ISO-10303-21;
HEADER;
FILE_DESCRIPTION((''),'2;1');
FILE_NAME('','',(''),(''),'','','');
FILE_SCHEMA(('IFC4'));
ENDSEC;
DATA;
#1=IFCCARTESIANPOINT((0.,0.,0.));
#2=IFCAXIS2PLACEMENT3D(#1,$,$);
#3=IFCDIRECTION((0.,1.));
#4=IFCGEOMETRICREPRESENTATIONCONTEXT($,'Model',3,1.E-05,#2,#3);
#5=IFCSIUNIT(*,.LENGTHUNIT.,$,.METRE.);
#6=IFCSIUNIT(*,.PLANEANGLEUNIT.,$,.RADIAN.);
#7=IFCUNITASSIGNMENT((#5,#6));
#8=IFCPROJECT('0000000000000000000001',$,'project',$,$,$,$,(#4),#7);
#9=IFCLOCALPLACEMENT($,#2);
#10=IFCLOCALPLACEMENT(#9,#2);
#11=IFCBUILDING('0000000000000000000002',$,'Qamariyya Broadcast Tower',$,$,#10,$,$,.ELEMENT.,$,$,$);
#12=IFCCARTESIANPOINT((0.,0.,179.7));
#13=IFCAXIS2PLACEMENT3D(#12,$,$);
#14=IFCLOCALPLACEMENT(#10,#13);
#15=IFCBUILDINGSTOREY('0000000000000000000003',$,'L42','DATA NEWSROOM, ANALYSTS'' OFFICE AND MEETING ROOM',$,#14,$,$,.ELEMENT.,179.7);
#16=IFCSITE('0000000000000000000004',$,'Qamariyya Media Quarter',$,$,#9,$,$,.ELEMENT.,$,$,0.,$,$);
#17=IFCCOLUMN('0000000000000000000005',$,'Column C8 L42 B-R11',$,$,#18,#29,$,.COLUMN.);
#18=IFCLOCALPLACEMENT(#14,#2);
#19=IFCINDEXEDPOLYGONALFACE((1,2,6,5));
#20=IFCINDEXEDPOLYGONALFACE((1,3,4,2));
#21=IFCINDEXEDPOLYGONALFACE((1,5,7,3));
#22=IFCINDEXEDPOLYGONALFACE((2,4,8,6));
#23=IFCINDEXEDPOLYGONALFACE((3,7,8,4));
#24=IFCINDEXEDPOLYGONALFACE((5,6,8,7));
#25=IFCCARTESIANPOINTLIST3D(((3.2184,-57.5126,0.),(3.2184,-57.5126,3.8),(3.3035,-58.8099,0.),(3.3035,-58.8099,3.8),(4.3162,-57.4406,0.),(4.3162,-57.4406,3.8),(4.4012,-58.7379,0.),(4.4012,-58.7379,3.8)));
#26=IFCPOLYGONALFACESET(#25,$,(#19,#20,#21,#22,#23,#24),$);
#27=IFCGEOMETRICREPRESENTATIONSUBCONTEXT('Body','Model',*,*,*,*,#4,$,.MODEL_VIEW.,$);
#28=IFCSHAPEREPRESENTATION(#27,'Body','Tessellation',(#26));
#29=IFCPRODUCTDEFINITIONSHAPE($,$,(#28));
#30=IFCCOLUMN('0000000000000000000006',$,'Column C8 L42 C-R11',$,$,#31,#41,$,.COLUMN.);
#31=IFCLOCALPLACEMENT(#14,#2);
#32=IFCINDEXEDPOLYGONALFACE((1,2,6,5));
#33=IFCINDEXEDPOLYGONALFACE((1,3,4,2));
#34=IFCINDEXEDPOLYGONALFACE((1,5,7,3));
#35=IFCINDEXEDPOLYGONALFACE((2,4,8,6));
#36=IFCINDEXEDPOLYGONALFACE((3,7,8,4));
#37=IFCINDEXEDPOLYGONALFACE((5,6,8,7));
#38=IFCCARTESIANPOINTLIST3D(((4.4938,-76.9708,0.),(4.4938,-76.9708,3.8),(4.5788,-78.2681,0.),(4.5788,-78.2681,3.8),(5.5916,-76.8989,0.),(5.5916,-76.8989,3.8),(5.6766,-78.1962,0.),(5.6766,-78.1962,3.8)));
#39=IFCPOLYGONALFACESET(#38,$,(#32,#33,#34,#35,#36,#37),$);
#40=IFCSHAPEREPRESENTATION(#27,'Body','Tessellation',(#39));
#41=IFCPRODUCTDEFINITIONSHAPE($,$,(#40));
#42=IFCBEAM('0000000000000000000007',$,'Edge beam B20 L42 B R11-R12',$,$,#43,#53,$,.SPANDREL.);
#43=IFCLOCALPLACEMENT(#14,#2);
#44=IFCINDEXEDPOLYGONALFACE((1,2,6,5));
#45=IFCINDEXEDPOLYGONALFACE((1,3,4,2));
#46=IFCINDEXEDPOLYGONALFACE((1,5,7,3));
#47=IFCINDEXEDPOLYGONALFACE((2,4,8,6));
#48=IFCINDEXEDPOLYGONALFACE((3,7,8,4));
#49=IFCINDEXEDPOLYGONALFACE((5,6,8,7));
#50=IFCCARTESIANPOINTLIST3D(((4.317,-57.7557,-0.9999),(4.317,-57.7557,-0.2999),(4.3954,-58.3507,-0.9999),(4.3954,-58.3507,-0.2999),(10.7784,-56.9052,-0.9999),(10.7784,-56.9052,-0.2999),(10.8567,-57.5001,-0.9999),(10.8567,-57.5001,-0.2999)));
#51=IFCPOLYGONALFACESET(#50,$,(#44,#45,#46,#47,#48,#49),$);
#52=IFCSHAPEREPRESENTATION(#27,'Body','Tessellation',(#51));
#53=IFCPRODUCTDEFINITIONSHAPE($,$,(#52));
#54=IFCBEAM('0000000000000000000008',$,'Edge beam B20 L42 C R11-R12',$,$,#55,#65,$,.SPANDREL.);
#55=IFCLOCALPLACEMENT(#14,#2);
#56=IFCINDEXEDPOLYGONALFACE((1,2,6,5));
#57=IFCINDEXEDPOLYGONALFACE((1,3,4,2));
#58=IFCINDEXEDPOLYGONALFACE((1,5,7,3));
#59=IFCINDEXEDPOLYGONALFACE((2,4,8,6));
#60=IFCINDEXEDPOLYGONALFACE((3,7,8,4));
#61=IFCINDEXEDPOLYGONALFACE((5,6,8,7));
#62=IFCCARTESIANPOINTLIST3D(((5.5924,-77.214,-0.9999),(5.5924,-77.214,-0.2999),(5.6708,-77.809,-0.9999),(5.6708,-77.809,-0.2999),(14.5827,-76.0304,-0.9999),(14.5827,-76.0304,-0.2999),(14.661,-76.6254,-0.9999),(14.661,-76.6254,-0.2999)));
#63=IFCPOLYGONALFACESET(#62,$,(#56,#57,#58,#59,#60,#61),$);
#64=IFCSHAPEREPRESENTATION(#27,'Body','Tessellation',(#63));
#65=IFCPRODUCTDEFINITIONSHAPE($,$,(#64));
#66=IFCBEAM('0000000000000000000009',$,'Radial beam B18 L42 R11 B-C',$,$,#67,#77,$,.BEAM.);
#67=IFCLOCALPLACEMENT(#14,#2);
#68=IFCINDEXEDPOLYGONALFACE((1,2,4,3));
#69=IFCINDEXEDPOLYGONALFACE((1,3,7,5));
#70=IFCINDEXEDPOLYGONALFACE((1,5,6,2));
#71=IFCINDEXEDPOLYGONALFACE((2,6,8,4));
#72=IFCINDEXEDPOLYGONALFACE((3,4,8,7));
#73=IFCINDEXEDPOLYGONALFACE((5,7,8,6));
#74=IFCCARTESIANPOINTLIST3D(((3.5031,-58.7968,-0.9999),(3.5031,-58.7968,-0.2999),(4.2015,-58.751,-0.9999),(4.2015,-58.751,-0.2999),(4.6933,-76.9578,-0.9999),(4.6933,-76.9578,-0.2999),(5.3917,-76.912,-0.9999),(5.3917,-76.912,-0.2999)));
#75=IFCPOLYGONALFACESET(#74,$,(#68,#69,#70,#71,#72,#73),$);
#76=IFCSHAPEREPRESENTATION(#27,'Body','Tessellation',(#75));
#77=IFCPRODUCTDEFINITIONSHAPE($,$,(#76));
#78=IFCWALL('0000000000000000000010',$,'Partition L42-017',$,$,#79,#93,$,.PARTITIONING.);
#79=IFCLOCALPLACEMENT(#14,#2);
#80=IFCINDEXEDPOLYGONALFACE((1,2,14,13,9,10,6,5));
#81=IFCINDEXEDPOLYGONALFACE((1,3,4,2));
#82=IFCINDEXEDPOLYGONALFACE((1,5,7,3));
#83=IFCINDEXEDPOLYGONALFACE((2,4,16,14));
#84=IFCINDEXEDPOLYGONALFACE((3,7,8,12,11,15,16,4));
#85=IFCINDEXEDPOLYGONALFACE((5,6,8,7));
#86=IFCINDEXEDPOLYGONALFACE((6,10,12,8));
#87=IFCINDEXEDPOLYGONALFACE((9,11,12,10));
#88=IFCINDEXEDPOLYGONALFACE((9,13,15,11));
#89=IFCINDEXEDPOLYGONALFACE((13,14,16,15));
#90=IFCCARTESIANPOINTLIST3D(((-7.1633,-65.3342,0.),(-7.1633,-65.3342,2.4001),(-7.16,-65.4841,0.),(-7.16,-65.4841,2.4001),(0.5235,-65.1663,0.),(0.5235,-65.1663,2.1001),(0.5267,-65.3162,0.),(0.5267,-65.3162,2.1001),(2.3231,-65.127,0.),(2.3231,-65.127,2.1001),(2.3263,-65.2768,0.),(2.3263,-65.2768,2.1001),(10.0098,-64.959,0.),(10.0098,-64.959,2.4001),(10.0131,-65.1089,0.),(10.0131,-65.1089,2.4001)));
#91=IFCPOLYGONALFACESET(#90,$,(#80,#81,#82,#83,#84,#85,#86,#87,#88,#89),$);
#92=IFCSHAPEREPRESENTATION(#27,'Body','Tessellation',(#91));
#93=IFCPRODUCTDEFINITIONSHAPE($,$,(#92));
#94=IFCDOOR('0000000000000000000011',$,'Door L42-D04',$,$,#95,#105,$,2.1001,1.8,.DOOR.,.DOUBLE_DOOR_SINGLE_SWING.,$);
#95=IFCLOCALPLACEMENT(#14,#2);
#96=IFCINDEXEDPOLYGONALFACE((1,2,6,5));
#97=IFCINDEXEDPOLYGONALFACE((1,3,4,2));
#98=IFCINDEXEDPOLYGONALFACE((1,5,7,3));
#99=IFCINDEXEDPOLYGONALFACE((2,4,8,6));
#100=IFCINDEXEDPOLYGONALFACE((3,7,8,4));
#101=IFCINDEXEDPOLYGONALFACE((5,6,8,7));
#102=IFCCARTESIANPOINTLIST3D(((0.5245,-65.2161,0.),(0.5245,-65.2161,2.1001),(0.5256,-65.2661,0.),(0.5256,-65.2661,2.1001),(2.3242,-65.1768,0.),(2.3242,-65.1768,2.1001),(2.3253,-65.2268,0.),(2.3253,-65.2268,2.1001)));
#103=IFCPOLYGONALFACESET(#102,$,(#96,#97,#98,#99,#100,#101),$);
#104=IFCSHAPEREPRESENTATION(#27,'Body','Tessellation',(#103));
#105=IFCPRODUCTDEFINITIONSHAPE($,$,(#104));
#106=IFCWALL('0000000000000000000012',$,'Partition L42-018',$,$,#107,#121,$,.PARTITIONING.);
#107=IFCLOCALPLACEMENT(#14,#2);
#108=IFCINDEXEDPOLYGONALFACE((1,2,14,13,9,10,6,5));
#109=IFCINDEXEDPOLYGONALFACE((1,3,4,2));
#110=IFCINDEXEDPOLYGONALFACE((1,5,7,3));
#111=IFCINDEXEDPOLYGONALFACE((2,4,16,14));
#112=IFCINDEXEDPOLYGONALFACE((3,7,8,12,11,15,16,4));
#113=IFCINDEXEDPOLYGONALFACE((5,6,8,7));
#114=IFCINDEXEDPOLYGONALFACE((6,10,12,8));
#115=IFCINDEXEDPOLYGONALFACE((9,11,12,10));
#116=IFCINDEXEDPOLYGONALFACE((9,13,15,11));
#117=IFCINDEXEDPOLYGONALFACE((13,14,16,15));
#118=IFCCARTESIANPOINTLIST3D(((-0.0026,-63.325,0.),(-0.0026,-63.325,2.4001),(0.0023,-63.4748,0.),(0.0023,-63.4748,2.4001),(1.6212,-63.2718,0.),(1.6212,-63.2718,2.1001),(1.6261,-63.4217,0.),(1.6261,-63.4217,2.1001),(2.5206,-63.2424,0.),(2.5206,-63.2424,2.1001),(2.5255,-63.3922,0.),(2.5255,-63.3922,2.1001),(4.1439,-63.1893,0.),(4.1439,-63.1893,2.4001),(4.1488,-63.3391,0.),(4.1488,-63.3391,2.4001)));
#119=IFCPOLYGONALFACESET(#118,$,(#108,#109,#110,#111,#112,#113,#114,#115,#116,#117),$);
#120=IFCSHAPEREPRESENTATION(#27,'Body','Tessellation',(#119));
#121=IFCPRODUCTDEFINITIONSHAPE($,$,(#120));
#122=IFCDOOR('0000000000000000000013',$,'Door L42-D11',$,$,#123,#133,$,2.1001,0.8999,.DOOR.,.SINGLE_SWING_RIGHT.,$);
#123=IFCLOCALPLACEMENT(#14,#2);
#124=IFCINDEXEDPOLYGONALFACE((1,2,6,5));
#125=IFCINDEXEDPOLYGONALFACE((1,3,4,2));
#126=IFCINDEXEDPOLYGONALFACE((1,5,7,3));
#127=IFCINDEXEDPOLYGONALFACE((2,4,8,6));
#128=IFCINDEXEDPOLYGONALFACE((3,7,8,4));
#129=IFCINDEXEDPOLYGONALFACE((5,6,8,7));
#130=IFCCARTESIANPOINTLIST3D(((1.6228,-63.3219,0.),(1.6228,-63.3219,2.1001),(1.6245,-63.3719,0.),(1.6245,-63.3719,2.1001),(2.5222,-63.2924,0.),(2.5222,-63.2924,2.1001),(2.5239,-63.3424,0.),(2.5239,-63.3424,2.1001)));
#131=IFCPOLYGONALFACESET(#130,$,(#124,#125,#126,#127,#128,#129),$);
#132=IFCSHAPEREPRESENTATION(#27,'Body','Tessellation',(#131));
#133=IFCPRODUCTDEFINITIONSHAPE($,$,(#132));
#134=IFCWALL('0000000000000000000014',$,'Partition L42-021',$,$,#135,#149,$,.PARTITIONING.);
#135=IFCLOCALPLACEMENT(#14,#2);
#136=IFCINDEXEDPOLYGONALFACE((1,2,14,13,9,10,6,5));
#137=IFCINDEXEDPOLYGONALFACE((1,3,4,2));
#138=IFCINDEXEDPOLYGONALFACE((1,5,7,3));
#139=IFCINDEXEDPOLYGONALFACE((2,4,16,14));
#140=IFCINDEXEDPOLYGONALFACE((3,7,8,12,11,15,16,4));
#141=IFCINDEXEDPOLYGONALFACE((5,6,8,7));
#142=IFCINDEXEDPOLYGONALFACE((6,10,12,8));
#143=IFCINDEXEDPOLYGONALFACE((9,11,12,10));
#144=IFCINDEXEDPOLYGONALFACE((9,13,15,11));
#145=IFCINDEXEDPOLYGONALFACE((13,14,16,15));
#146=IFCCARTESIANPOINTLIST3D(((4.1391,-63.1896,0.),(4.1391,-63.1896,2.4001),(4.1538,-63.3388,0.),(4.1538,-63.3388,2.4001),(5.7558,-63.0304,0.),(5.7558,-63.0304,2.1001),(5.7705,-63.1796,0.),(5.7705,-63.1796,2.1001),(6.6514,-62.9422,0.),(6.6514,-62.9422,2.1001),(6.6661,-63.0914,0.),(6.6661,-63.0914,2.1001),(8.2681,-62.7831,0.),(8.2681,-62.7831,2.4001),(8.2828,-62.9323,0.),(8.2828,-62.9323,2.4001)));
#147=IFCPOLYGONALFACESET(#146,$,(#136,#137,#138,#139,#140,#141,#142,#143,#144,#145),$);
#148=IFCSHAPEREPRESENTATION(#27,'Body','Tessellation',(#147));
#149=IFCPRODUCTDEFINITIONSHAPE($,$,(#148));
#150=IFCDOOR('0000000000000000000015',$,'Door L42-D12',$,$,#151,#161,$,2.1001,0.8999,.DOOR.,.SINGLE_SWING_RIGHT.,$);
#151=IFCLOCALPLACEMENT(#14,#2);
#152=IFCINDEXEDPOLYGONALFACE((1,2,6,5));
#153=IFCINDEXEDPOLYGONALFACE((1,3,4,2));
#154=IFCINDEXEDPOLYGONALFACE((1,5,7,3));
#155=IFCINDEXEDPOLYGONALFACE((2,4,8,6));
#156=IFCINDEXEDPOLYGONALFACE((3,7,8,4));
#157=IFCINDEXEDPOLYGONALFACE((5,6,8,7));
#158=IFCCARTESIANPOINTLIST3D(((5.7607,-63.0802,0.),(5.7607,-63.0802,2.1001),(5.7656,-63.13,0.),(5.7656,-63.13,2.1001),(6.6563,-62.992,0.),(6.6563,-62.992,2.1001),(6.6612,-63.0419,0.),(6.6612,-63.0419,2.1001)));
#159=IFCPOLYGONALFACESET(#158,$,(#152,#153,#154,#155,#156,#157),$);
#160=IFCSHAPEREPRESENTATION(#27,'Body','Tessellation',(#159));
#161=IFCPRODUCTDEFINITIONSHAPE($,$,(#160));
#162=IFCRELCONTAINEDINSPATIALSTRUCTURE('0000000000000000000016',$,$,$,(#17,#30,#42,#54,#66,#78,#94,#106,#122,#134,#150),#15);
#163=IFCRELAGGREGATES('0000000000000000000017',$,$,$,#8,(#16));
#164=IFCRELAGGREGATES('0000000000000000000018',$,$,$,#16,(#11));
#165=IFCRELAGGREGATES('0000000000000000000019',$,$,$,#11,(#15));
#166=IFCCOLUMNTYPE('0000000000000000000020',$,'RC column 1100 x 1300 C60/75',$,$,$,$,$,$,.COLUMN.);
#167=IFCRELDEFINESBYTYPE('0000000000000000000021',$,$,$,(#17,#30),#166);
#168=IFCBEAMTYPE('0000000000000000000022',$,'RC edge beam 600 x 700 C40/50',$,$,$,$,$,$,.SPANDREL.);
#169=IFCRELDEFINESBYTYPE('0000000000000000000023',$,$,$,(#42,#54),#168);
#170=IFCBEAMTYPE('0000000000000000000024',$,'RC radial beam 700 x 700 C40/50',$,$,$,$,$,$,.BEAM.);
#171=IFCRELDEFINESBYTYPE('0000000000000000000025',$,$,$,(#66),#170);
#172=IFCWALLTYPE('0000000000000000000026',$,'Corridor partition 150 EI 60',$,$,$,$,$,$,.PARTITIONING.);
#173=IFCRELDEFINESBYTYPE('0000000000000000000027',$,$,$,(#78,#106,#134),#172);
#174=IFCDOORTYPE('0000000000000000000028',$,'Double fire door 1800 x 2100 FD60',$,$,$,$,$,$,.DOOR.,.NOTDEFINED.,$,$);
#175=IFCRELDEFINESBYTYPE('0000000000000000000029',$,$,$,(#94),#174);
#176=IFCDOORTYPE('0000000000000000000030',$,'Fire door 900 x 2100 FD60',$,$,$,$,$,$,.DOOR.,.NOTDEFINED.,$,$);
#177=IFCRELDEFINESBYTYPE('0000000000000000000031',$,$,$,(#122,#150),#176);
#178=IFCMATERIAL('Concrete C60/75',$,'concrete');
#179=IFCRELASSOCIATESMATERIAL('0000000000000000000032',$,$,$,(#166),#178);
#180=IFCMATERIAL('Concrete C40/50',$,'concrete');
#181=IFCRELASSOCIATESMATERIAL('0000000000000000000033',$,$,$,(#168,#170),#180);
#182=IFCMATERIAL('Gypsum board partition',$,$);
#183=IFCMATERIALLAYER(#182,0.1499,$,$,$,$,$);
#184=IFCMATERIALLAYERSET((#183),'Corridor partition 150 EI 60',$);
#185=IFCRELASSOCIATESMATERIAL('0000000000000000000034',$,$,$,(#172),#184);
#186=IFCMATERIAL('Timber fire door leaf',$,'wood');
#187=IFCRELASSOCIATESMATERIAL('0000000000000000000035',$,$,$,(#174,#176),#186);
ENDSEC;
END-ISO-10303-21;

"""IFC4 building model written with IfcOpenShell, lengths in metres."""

from ifc_helpers import new_model, si_unit, direction, frame, frame_2d, origin, origin_2d, place, context, subcontext, project, spatial, rectangle, extrude, material, layer, layer_set, material_profile, profile_set, type_object, element, fill, save


model = new_model("IFC4")

# Units and contexts
model_context = context("Model", 3, precision=1e-05, world=origin(), true_north=direction((0.0, 1.0)))
body_context = subcontext(model_context, "Body", "Model", "MODEL_VIEW")
ifc_project = project(units=[si_unit("LENGTHUNIT", "METRE"), si_unit("PLANEANGLEUNIT", "RADIAN")], contexts=[model_context])

# Site, building, storey
site_placement = place(None, origin())
site = spatial("IfcSite", under=ifc_project, at=site_placement, Name="Qamariyya Media Quarter", CompositionType="ELEMENT", RefElevation=0.0)
building_placement = place(site_placement, origin())
building = spatial("IfcBuilding", under=site, at=building_placement, Name="Qamariyya Broadcast Tower", CompositionType="ELEMENT")
storey_placement = place(building_placement, frame((0.0, 0.0, 179.7)))
storey = spatial("IfcBuildingStorey", under=building, at=storey_placement, Name="L42", Description="DATA NEWSROOM, ANALYSTS' OFFICE AND MEETING ROOM", CompositionType="ELEMENT", Elevation=179.7)

# Columns
ifc_material_1 = material(Name="Concrete C60/75", Category="concrete")
ifc_material_profile_1 = material_profile(ifc_material_1, rectangle(XDim=1.1001, YDim=1.3, at=origin_2d()))
ifc_profile_set_1 = profile_set([ifc_material_profile_1], Name="Concrete C60/75")
column_type = type_object("IfcColumnType", Name="RC column 1100 x 1300 C60/75", PredefinedType="COLUMN", material=ifc_profile_set_1)
for number, where, z_axis, x_axis, name in (
    (1, (3.8098, -58.1252, 0.0), (0.0, 0.0, 1.0), (0.997859, 0.065403, 0.0), "Column C8 L42 B-R11"),
    (2, (5.0852, -77.5835, 0.0), (0.0, 0.0, 1.0), (0.997859, 0.065403, 0.0), "Column C8 L42 C-R11"),
):
    element("IfcColumn", number, at=place(storey_placement, frame(where, z_axis=z_axis, x_axis=x_axis)), inside=storey, type_object=column_type, Name=name, PredefinedType="COLUMN", context=body_context, shape_type="SweptSolid", body=[
        extrude(rectangle(XDim=1.1001, YDim=1.3, at=origin_2d()), origin(), (0.0, 0.0, 1.0), 3.8),
    ])

# Beams
ifc_material_2 = material(Name="Concrete C40/50", Category="concrete")
ifc_material_profile_2 = material_profile(ifc_material_2, rectangle(XDim=0.6001, YDim=0.7, at=origin_2d()))
ifc_profile_set_2 = profile_set([ifc_material_profile_2], Name="Concrete C40/50")
beam_type_1 = type_object("IfcBeamType", Name="RC edge beam 600 x 700 C40/50", PredefinedType="SPANDREL", material=ifc_profile_set_2)
beam_1_placement = place(storey_placement, frame((4.3562, -58.0532, -0.6499), z_axis=(0.991446, 0.130515, 0.0), x_axis=(-0.130515, 0.991446, 0.0)))
element("IfcBeam", 3, at=beam_1_placement, inside=storey, type_object=beam_type_1, Name="Edge beam B20 L42 B R11-R12", PredefinedType="SPANDREL", context=body_context, shape_type="SweptSolid", body=[
    extrude(rectangle(XDim=0.6001, YDim=0.7, at=origin_2d()), origin(), (0.0, 0.0, 1.0), 6.5171),
])
beam_2_placement = place(storey_placement, frame((5.6316, -77.5115, -0.6499), z_axis=(0.991445, 0.130527, 0.0), x_axis=(-0.130527, 0.991445, 0.0)))
element("IfcBeam", 4, at=beam_2_placement, inside=storey, type_object=beam_type_1, Name="Edge beam B20 L42 C R11-R12", PredefinedType="SPANDREL", context=body_context, shape_type="SweptSolid", body=[
    extrude(rectangle(XDim=0.6001, YDim=0.7, at=origin_2d()), origin(), (0.0, 0.0, 1.0), 9.0679),
])
ifc_material_profile_3 = material_profile(ifc_material_2, rectangle(XDim=0.7, YDim=0.7, at=origin_2d()))
ifc_profile_set_3 = profile_set([ifc_material_profile_3], Name="Concrete C40/50")
beam_type_2 = type_object("IfcBeamType", Name="RC radial beam 700 x 700 C40/50", PredefinedType="BEAM", material=ifc_profile_set_3)
beam_3_placement = place(storey_placement, frame((3.8523, -58.7739, -0.6499), z_axis=(0.065395, -0.997859, 0.0), x_axis=(0.997859, 0.065395, 0.0)))
element("IfcBeam", 5, at=beam_3_placement, inside=storey, type_object=beam_type_2, Name="Radial beam B18 L42 R11 B-C", PredefinedType="BEAM", context=body_context, shape_type="SweptSolid", body=[
    extrude(rectangle(XDim=0.7, YDim=0.7, at=origin_2d()), origin(), (0.0, 0.0, 1.0), 18.2),
])

# Walls, openings, doors
ifc_material_3 = material(Name="Gypsum board partition")
ifc_layer_1 = layer(ifc_material_3, 0.1499)
ifc_layer_set_1 = layer_set([ifc_layer_1], Name="Corridor partition 150 EI 60")
wall_type_1 = type_object("IfcWallType", Name="Corridor partition 150 EI 60", PredefinedType="PARTITIONING", material=ifc_layer_set_1)
wall_1_placement = place(storey_placement, frame((10.0115, -65.0339, 0.0), z_axis=(0.0, 0.0, 1.0), x_axis=(-0.999761, -0.021845, 0.0)))
wall_1 = element("IfcWall", 6, at=wall_1_placement, inside=storey, type_object=wall_type_1, Name="Partition L42-017", PredefinedType="PARTITIONING", context=body_context, shape_type="SweptSolid", body=[
    extrude(rectangle(XDim=17.1772, YDim=0.1499, at=frame_2d((8.5886, 0.0))), origin(), (0.0, 0.0, 1.0), 2.4001),
])
opening_1_placement = place(wall_1_placement, frame((7.6887, 0.0, 0.0)))
opening_1 = element("IfcOpeningElement", 7, at=opening_1_placement, cuts=wall_1, PredefinedType="OPENING", context=body_context, shape_type="SweptSolid", body=[
    extrude(rectangle(XDim=1.8, YDim=2.1001, at=frame_2d((0.8999, 1.05))), frame((0.0, 0.085, 0.0), z_axis=(0.0, -1.0, 0.0), x_axis=(1.0, 0.0, 0.0)), (0.0, 0.0, 1.0), 0.1699),
])
ifc_material_4 = material(Name="Timber fire door leaf", Category="wood")
door_type_1 = type_object("IfcDoorType", Name="Double fire door 1800 x 2100 FD60", OperationType="NOTDEFINED", PredefinedType="DOOR", material=ifc_material_4)
door_1_placement = place(opening_1_placement, origin())
door_1 = element("IfcDoor", 8, at=door_1_placement, inside=storey, type_object=door_type_1, Name="Door L42-D04", OperationType="DOUBLE_DOOR_SINGLE_SWING", OverallHeight=2.1001, OverallWidth=1.8, PredefinedType="DOOR", context=body_context, shape_type="SweptSolid", body=[
    extrude(rectangle(XDim=1.8, YDim=2.1001, at=frame_2d((0.8999, 1.05))), frame((0.0, 0.0249, 0.0), z_axis=(0.0, -1.0, 0.0), x_axis=(1.0, 0.0, 0.0)), (0.0, 0.0, 1.0), 0.05),
])
fill(opening_1, door_1)
wall_2_placement = place(storey_placement, frame((0.0, -63.3999, 0.0), z_axis=(0.0, 0.0, 1.0), x_axis=(0.999465, 0.032719, 0.0)))
wall_2 = element("IfcWall", 9, at=wall_2_placement, inside=storey, type_object=wall_type_1, Name="Partition L42-018", PredefinedType="PARTITIONING", context=body_context, shape_type="SweptSolid", body=[
    extrude(rectangle(XDim=4.1487, YDim=0.1499, at=frame_2d((2.0742, 0.0))), origin(), (0.0, 0.0, 1.0), 2.4001),
])
opening_2_placement = place(wall_2_placement, frame((1.6245, 0.0, 0.0)))
opening_2 = element("IfcOpeningElement", 10, at=opening_2_placement, cuts=wall_2, PredefinedType="OPENING", context=body_context, shape_type="SweptSolid", body=[
    extrude(rectangle(XDim=0.8999, YDim=2.1001, at=frame_2d((0.45, 1.05))), frame((0.0, 0.085, 0.0), z_axis=(0.0, -1.0, 0.0), x_axis=(1.0, 0.0, 0.0)), (0.0, 0.0, 1.0), 0.1699),
])
door_type_2 = type_object("IfcDoorType", Name="Fire door 900 x 2100 FD60", OperationType="NOTDEFINED", PredefinedType="DOOR", material=ifc_material_4)
door_2_placement = place(opening_2_placement, origin())
door_2 = element("IfcDoor", 11, at=door_2_placement, inside=storey, type_object=door_type_2, Name="Door L42-D11", OperationType="SINGLE_SWING_RIGHT", OverallHeight=2.1001, OverallWidth=0.8999, PredefinedType="DOOR", context=body_context, shape_type="SweptSolid", body=[
    extrude(rectangle(XDim=0.8999, YDim=2.1001, at=frame_2d((0.45, 1.05))), frame((0.0, 0.0249, 0.0), z_axis=(0.0, -1.0, 0.0), x_axis=(1.0, 0.0, 0.0)), (0.0, 0.0, 1.0), 0.05),
])
fill(opening_2, door_2)
wall_3_placement = place(storey_placement, frame((4.1465, -63.2642, 0.0), z_axis=(0.0, 0.0, 1.0), x_axis=(0.995189, 0.097977, 0.0)))
wall_3 = element("IfcWall", 12, at=wall_3_placement, inside=storey, type_object=wall_type_1, Name="Partition L42-021", PredefinedType="PARTITIONING", context=body_context, shape_type="SweptSolid", body=[
    extrude(rectangle(XDim=4.1489, YDim=0.1499, at=frame_2d((2.0745, 0.0))), origin(), (0.0, 0.0, 1.0), 2.4001),
])
opening_3_placement = place(wall_3_placement, frame((1.6245, 0.0, 0.0)))
opening_3 = element("IfcOpeningElement", 13, at=opening_3_placement, cuts=wall_3, PredefinedType="OPENING", context=body_context, shape_type="SweptSolid", body=[
    extrude(rectangle(XDim=0.8999, YDim=2.1001, at=frame_2d((0.45, 1.05))), frame((0.0, 0.085, 0.0), z_axis=(0.0, -1.0, 0.0), x_axis=(1.0, 0.0, 0.0)), (0.0, 0.0, 1.0), 0.1699),
])
door_3_placement = place(opening_3_placement, origin())
door_3 = element("IfcDoor", 14, at=door_3_placement, inside=storey, type_object=door_type_2, Name="Door L42-D12", OperationType="SINGLE_SWING_RIGHT", OverallHeight=2.1001, OverallWidth=0.8999, PredefinedType="DOOR", context=body_context, shape_type="SweptSolid", body=[
    extrude(rectangle(XDim=0.8999, YDim=2.1001, at=frame_2d((0.45, 1.05))), frame((0.0, 0.0249, 0.0), z_axis=(0.0, -1.0, 0.0), x_axis=(1.0, 0.0, 0.0)), (0.0, 0.0, 1.0), 0.05),
])
fill(opening_3, door_3)

save(model, "model.ifc")
